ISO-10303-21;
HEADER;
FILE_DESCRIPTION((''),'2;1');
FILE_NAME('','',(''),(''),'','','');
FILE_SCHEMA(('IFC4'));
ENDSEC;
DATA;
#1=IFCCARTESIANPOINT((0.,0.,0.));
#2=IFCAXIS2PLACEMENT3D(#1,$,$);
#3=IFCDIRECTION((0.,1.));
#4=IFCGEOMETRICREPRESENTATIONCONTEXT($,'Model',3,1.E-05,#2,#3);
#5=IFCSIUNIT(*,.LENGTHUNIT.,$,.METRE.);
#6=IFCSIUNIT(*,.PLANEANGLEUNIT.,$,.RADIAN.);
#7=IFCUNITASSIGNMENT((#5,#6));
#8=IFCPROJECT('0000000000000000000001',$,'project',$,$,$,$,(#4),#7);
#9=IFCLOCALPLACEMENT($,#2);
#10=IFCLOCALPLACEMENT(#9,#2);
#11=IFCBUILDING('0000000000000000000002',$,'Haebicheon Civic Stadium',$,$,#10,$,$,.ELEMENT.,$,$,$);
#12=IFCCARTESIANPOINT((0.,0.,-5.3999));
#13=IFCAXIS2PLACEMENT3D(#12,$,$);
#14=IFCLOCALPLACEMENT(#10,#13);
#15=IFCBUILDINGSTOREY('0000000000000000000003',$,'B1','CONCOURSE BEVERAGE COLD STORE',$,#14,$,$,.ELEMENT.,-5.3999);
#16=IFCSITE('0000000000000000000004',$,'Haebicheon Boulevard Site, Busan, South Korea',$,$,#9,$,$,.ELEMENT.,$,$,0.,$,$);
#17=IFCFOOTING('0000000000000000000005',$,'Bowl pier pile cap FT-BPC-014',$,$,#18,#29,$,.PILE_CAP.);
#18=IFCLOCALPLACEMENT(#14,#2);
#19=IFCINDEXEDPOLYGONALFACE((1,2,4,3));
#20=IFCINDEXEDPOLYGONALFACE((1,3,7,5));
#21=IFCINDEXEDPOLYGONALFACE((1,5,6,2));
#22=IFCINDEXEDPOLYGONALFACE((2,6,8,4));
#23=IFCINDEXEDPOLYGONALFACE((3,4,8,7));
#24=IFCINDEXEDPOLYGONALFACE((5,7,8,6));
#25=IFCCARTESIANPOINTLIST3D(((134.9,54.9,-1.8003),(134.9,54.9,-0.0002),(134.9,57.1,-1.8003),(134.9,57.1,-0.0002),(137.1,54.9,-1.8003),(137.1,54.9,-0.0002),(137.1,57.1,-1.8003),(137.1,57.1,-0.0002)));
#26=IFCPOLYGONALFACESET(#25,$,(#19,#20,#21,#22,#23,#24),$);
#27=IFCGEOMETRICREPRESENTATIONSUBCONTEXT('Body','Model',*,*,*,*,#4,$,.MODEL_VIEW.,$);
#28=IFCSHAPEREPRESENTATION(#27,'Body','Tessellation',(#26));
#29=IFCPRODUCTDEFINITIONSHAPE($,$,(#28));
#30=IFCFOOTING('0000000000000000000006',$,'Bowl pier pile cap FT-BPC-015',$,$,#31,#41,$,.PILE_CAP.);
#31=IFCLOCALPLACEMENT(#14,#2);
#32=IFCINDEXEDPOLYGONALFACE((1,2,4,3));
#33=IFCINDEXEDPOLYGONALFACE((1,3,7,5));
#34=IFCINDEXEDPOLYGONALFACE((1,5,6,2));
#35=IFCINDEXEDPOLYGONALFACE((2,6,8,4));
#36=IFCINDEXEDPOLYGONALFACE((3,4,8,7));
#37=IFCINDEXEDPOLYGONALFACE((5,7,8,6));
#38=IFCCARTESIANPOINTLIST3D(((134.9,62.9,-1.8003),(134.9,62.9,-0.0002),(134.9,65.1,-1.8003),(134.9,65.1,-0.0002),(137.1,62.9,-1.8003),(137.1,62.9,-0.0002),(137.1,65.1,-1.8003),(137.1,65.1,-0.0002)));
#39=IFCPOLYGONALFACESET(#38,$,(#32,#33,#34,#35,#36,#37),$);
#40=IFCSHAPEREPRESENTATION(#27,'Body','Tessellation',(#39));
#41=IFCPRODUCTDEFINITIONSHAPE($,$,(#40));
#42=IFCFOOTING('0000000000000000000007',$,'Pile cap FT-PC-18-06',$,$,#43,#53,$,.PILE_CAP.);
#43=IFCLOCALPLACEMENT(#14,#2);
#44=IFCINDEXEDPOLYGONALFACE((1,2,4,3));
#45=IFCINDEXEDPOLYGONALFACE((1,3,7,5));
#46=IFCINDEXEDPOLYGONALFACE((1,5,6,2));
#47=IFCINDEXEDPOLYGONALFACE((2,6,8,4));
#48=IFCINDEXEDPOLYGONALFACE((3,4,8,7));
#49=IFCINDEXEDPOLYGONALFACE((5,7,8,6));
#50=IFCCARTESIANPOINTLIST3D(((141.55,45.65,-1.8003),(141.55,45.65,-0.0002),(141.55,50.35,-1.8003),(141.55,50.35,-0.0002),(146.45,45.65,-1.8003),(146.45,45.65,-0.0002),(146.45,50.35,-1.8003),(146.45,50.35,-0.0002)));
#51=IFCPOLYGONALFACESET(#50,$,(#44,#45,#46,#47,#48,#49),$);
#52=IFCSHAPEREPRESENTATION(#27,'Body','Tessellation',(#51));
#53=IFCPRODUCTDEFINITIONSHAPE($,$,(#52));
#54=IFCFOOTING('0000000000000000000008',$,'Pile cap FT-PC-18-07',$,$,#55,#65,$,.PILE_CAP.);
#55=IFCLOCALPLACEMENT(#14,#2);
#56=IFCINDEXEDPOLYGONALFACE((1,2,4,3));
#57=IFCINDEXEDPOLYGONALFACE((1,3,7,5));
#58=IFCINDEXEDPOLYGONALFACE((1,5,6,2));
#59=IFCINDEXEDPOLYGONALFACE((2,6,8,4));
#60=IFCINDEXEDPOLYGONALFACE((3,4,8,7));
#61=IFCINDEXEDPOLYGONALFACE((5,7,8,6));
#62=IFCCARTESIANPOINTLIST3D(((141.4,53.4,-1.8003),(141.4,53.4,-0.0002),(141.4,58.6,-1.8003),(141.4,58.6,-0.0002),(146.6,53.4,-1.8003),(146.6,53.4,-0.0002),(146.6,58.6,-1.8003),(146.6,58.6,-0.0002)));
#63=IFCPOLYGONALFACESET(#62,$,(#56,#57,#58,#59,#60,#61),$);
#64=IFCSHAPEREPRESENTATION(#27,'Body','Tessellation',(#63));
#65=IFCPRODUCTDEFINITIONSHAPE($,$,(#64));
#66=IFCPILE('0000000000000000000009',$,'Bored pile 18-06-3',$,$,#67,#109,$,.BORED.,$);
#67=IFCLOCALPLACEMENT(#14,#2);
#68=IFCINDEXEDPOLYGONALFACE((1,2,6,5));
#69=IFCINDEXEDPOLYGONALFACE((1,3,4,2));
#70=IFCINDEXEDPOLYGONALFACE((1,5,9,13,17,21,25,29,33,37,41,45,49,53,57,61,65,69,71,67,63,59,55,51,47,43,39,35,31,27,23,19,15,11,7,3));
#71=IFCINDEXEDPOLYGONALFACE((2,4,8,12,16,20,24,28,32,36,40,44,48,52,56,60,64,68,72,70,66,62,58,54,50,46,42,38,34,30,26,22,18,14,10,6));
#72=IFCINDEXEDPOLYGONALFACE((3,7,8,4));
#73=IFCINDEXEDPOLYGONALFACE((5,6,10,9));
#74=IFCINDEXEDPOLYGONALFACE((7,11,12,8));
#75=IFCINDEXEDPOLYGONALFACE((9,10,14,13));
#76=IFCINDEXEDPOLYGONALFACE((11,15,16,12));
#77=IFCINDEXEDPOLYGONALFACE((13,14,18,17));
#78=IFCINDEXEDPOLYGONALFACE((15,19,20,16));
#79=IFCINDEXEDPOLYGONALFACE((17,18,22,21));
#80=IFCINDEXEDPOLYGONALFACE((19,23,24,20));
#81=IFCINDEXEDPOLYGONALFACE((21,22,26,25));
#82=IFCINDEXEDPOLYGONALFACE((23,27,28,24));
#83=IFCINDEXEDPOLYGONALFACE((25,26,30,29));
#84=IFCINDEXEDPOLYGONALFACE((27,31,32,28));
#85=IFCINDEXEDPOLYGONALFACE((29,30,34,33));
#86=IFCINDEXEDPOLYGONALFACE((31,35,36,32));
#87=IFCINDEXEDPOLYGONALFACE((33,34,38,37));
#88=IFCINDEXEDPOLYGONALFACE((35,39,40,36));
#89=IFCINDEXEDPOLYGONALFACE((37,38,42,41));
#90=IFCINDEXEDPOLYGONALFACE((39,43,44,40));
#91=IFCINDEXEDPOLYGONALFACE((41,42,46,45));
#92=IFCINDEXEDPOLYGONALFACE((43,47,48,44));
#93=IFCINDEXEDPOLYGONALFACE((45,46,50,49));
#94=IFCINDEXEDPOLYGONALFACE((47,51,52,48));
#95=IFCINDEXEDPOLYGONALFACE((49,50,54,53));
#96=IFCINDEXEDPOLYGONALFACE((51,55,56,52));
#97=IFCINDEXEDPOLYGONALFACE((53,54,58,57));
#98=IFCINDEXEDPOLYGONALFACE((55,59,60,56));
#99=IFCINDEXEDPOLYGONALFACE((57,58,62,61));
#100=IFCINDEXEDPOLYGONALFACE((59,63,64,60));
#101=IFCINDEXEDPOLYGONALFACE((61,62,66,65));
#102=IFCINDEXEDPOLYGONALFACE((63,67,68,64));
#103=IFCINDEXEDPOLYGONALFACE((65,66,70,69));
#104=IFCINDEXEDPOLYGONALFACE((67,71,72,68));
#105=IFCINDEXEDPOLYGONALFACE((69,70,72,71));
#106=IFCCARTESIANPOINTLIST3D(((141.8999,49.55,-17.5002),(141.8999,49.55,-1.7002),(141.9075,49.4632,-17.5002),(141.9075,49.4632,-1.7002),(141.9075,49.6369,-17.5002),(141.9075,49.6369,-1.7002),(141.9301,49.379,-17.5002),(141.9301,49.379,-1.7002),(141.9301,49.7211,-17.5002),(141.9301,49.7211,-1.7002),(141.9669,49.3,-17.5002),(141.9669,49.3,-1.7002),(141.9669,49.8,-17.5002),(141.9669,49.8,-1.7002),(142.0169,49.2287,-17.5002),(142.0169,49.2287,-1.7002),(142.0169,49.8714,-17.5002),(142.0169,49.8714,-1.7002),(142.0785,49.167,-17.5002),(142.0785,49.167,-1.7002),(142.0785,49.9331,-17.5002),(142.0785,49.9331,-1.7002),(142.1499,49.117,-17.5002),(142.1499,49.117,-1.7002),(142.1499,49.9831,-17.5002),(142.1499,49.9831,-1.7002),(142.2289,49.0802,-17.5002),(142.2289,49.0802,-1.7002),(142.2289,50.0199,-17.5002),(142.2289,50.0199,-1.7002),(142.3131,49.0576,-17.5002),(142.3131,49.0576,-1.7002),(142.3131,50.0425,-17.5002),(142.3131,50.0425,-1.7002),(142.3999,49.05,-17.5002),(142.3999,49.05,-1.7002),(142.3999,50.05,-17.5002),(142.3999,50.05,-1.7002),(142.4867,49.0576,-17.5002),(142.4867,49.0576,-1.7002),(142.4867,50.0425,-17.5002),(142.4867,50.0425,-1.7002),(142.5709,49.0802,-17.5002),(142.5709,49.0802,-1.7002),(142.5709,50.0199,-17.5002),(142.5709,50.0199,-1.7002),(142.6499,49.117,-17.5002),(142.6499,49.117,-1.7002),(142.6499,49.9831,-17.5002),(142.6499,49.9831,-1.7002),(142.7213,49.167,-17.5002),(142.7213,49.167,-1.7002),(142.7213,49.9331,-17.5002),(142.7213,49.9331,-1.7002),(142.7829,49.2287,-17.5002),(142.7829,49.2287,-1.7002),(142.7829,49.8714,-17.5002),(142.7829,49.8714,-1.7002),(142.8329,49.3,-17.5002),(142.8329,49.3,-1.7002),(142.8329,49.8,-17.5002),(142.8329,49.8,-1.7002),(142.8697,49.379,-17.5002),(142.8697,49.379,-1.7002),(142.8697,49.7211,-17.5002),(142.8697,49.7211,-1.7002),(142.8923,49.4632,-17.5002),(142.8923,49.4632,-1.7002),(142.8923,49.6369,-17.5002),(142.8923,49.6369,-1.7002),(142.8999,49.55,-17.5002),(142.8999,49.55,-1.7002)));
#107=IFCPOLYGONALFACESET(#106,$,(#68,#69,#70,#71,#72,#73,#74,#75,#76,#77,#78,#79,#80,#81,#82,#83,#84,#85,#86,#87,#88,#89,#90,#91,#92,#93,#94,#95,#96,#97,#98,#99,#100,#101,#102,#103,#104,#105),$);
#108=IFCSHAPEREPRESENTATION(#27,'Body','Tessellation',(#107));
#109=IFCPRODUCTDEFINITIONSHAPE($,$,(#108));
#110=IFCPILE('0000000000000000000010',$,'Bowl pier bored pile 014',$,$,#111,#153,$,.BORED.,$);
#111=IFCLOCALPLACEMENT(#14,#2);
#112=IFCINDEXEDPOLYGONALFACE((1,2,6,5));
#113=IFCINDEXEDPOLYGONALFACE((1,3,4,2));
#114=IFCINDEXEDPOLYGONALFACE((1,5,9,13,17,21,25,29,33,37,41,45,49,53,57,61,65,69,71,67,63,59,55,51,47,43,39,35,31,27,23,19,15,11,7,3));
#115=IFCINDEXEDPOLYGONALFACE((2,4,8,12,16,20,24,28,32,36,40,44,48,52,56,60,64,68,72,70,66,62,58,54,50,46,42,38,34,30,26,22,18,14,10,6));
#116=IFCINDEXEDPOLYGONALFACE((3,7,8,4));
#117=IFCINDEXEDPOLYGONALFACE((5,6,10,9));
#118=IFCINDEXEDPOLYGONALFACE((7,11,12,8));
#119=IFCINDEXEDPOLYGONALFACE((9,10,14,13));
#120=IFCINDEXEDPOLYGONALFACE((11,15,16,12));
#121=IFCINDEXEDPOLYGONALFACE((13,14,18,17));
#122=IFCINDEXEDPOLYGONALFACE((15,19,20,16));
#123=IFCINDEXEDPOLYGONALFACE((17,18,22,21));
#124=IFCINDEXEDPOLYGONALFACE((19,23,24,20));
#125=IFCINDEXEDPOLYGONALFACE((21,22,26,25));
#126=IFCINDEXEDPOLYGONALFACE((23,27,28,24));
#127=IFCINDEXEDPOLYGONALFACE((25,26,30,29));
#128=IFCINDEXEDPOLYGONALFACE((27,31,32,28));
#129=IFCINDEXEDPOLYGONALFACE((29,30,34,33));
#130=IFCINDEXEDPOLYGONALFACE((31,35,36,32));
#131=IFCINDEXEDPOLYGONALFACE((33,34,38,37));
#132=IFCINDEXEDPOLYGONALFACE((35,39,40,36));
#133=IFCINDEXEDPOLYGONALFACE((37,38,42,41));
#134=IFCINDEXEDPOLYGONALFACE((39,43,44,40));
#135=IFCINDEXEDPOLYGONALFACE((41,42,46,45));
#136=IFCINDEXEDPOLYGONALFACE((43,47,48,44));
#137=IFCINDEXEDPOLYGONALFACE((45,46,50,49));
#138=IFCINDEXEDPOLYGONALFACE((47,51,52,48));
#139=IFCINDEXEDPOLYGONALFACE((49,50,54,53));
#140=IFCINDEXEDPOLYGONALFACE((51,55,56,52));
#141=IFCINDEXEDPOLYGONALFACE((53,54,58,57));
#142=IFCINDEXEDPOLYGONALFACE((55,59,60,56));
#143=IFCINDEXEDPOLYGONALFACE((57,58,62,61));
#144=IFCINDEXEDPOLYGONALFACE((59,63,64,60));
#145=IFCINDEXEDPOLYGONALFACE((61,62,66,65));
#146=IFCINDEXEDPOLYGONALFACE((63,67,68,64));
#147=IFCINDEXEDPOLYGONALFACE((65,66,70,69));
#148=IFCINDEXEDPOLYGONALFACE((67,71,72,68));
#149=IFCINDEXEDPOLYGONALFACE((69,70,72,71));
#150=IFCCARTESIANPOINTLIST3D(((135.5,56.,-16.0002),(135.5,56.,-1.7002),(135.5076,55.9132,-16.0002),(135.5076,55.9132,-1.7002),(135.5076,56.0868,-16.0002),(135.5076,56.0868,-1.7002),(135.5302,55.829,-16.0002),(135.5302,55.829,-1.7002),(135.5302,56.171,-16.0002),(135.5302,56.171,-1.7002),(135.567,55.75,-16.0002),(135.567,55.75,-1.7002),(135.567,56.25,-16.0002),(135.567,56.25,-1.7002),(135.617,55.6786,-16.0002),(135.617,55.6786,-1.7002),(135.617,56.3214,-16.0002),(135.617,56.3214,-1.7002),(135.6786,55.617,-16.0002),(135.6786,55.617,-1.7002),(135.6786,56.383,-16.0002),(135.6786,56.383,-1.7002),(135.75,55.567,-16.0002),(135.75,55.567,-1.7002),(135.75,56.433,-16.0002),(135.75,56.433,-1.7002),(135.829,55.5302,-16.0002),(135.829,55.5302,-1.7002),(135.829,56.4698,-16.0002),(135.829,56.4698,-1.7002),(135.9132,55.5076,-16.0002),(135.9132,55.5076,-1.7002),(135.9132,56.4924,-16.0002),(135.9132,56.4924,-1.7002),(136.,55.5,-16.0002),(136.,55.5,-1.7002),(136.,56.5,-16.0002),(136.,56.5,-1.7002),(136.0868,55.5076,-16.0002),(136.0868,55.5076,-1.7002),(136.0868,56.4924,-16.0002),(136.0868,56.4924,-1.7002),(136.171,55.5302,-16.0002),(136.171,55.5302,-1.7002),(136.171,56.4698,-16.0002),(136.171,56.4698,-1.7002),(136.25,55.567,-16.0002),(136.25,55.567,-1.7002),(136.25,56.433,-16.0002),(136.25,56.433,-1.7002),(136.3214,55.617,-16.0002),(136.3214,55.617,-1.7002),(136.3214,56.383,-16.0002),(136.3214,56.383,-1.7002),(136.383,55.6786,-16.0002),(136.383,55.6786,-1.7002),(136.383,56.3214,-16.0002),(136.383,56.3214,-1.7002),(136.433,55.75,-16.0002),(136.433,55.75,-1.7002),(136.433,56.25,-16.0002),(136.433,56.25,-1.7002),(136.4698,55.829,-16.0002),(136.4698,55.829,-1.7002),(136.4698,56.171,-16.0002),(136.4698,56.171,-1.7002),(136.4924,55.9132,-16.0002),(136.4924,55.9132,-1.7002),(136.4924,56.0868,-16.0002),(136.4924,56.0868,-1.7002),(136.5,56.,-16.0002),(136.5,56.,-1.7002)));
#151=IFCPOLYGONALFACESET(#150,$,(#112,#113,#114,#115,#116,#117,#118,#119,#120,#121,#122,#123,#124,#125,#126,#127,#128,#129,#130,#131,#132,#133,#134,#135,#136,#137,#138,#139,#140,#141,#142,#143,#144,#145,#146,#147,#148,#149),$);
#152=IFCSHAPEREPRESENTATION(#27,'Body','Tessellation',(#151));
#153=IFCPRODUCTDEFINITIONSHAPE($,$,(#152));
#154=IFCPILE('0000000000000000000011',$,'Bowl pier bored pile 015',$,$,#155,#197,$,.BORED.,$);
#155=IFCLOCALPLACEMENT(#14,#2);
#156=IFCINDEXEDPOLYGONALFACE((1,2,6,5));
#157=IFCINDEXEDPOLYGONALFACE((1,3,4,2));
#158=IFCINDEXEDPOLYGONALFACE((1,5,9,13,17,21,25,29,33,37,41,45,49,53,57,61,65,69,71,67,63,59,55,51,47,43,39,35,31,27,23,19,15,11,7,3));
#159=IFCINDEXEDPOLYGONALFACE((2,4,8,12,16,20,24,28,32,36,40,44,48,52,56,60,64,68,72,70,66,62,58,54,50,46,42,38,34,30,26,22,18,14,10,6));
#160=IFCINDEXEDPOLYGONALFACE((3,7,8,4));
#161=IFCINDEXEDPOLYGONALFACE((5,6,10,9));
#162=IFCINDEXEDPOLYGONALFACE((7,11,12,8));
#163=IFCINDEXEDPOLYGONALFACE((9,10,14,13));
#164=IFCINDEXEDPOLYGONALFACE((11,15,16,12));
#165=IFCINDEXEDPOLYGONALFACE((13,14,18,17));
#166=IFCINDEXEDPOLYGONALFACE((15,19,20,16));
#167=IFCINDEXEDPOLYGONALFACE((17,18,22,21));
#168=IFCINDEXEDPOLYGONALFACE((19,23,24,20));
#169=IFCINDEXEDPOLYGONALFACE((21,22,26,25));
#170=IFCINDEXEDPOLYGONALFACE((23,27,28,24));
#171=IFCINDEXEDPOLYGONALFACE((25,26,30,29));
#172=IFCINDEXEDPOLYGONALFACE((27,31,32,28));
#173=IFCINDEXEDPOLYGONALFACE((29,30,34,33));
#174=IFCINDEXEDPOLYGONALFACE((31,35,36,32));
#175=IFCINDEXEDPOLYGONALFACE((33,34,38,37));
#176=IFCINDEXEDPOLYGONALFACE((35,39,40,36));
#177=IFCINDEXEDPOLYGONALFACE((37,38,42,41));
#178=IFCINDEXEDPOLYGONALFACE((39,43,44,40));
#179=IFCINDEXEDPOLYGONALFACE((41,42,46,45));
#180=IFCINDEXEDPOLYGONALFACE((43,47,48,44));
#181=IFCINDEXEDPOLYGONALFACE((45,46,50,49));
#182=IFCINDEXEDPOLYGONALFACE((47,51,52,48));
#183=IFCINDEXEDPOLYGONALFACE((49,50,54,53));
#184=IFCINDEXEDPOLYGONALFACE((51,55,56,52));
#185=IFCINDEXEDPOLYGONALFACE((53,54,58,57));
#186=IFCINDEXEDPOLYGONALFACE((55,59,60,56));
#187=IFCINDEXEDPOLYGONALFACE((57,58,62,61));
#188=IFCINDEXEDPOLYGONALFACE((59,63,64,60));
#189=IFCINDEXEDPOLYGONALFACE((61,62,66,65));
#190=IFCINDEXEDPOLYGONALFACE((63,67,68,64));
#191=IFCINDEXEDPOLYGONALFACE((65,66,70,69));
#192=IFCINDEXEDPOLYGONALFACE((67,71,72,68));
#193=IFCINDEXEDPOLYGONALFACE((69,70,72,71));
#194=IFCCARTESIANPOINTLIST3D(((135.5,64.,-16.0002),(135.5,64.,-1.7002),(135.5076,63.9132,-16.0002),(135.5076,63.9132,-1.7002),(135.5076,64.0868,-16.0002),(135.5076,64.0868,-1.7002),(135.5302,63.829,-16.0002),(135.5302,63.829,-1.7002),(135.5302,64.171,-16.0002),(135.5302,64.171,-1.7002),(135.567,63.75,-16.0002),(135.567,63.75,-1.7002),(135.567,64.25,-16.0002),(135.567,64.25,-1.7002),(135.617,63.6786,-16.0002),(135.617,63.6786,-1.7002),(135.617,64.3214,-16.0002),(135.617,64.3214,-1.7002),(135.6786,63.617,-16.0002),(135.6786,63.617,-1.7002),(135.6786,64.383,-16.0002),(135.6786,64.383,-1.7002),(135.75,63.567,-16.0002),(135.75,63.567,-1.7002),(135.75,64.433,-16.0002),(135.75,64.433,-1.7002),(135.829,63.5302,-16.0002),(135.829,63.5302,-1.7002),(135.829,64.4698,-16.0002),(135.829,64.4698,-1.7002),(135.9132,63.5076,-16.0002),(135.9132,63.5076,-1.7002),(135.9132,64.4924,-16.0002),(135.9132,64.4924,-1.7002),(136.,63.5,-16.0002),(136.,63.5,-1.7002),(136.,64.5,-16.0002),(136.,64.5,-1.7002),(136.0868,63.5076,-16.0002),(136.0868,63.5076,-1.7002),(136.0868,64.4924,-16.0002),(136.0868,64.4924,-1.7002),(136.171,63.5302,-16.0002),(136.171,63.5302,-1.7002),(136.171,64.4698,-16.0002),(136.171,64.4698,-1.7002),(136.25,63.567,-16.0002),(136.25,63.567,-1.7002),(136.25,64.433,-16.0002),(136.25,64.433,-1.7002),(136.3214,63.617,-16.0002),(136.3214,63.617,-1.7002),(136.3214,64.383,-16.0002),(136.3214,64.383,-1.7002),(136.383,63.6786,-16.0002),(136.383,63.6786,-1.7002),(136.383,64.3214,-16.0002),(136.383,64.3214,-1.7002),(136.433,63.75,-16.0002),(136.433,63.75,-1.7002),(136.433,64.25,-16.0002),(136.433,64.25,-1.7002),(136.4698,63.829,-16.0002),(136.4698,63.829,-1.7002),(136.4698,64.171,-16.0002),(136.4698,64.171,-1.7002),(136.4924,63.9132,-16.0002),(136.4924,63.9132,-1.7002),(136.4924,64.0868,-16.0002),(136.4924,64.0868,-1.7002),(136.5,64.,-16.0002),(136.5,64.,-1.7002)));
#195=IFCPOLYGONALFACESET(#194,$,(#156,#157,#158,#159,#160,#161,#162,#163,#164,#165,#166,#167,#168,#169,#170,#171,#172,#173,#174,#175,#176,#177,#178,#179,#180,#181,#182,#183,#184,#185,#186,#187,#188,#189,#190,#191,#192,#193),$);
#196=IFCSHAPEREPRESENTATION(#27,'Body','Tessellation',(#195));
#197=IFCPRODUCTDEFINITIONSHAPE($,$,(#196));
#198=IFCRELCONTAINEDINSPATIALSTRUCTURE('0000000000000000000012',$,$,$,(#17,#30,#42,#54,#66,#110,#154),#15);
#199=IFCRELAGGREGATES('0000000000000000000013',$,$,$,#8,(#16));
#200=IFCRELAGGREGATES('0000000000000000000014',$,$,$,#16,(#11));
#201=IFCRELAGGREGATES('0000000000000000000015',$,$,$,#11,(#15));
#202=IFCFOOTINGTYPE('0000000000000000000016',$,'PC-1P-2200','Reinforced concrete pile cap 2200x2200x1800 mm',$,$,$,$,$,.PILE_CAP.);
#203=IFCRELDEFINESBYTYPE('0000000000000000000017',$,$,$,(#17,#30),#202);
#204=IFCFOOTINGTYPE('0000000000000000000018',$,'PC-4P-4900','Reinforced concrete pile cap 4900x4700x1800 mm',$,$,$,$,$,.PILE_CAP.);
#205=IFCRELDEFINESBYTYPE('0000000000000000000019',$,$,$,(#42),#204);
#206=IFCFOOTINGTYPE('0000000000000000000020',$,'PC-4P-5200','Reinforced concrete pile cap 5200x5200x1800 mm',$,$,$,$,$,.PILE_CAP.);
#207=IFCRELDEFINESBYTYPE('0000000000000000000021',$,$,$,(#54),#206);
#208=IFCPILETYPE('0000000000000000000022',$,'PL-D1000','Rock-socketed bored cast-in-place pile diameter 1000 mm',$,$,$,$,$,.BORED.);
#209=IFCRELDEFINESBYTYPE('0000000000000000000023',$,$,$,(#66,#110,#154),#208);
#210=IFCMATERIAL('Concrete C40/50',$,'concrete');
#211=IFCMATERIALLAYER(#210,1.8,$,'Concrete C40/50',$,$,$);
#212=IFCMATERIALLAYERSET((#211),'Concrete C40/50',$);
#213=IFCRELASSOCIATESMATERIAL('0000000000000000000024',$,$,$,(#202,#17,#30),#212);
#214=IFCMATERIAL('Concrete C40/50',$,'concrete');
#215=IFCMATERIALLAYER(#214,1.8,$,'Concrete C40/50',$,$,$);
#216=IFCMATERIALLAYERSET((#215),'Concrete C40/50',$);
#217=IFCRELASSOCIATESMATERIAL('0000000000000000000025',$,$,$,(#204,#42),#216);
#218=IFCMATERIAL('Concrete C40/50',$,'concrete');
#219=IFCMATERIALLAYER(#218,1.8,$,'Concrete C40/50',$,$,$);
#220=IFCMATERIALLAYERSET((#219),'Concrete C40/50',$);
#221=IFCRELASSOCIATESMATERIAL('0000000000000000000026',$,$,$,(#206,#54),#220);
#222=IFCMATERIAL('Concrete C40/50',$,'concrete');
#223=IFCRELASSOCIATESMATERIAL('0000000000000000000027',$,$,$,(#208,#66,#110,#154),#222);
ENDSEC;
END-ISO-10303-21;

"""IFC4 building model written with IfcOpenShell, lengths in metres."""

from ifc_helpers import new_model, si_unit, direction, frame, origin, origin_2d, place, context, subcontext, project, spatial, rectangle, circle, extrude, material, layer, layer_set, material_profile, profile_set, type_object, element, save


model = new_model("IFC4")

# Units and contexts
model_context = context("Model", 3, precision=1e-05, world=origin(), true_north=direction((0.0, 1.0)))
body_context = subcontext(model_context, "Body", "Model", "MODEL_VIEW")
ifc_project = project(units=[si_unit("LENGTHUNIT", "METRE"), si_unit("PLANEANGLEUNIT", "RADIAN")], contexts=[model_context])

# Site, building, storey
site_placement = place(None, origin())
site = spatial("IfcSite", under=ifc_project, at=site_placement, Name="Haebicheon Boulevard Site, Busan, South Korea", CompositionType="ELEMENT", RefElevation=0.0)
building_placement = place(site_placement, origin())
building = spatial("IfcBuilding", under=site, at=building_placement, Name="Haebicheon Civic Stadium", CompositionType="ELEMENT")
storey_placement = place(building_placement, frame((0.0, 0.0, -5.3999)))
storey = spatial("IfcBuildingStorey", under=building, at=storey_placement, Name="B1", Description="CONCOURSE BEVERAGE COLD STORE", CompositionType="ELEMENT", Elevation=-5.3999)

# Footings
ifc_material_1 = material(Name="Concrete C40/50", Category="concrete")
ifc_layer_1 = layer(ifc_material_1, 1.8, Name="Concrete C40/50")
ifc_layer_set_1 = layer_set([ifc_layer_1], Name="Concrete C40/50")
footing_type_1 = type_object("IfcFootingType", Name="PC-1P-2200", Description="Reinforced concrete pile cap 2200x2200x1800 mm", PredefinedType="PILE_CAP", material=ifc_layer_set_1)
for number, where, z_axis, x_axis, name in (
    (1, (136.0, 56.0, -1.8003), (0.0, 0.0, 1.0), (1.0, 0.0, 0.0), "Bowl pier pile cap FT-BPC-014"),
    (2, (136.0, 64.0, -1.8003), (0.0, 0.0, 1.0), (1.0, 0.0, 0.0), "Bowl pier pile cap FT-BPC-015"),
):
    element("IfcFooting", number, at=place(storey_placement, frame(where, z_axis=z_axis, x_axis=x_axis)), inside=storey, type_object=footing_type_1, material=ifc_layer_set_1, Name=name, PredefinedType="PILE_CAP", context=body_context, shape_type="SweptSolid", body=[
        extrude(rectangle(XDim=2.2, YDim=2.2, at=origin_2d()), origin(), (0.0, 0.0, 1.0), 1.8),
    ])
ifc_material_2 = material(Name="Concrete C40/50", Category="concrete")
ifc_layer_2 = layer(ifc_material_2, 1.8, Name="Concrete C40/50")
ifc_layer_set_2 = layer_set([ifc_layer_2], Name="Concrete C40/50")
footing_type_2 = type_object("IfcFootingType", Name="PC-4P-4900", Description="Reinforced concrete pile cap 4900x4700x1800 mm", PredefinedType="PILE_CAP", material=ifc_layer_set_2)
footing_1_placement = place(storey_placement, frame((144.0, 48.0, -1.8003), z_axis=(0.0, 0.0, 1.0), x_axis=(1.0, 0.0, 0.0)))
element("IfcFooting", 3, at=footing_1_placement, inside=storey, type_object=footing_type_2, material=ifc_layer_set_2, Name="Pile cap FT-PC-18-06", PredefinedType="PILE_CAP", context=body_context, shape_type="SweptSolid", body=[
    extrude(rectangle(XDim=4.8999, YDim=4.7, at=origin_2d()), origin(), (0.0, 0.0, 1.0), 1.8),
])
ifc_material_3 = material(Name="Concrete C40/50", Category="concrete")
ifc_layer_3 = layer(ifc_material_3, 1.8, Name="Concrete C40/50")
ifc_layer_set_3 = layer_set([ifc_layer_3], Name="Concrete C40/50")
footing_type_3 = type_object("IfcFootingType", Name="PC-4P-5200", Description="Reinforced concrete pile cap 5200x5200x1800 mm", PredefinedType="PILE_CAP", material=ifc_layer_set_3)
footing_2_placement = place(storey_placement, frame((144.0, 56.0, -1.8003), z_axis=(0.0, 0.0, 1.0), x_axis=(1.0, 0.0, 0.0)))
element("IfcFooting", 4, at=footing_2_placement, inside=storey, type_object=footing_type_3, material=ifc_layer_set_3, Name="Pile cap FT-PC-18-07", PredefinedType="PILE_CAP", context=body_context, shape_type="SweptSolid", body=[
    extrude(rectangle(XDim=5.2, YDim=5.2, at=origin_2d()), origin(), (0.0, 0.0, 1.0), 1.8),
])

# Piles
ifc_material_4 = material(Name="Concrete C40/50", Category="concrete")
ifc_material_profile_1 = material_profile(ifc_material_4, circle(Radius=0.5, at=origin_2d()), Name="PILE-D1000")
ifc_profile_set_1 = profile_set([ifc_material_profile_1], Name="Concrete C40/50")
pile_type_1 = type_object("IfcPileType", Name="PL-D1000", Description="Rock-socketed bored cast-in-place pile diameter 1000 mm", PredefinedType="BORED", material=ifc_profile_set_1)
pile_placement = place(storey_placement, frame((142.3999, 49.55, -1.7002), z_axis=(0.0, 0.0, -1.0), x_axis=(1.0, 0.0, 0.0)))
element("IfcPile", 5, at=pile_placement, inside=storey, type_object=pile_type_1, material=ifc_profile_set_1, Name="Bored pile 18-06-3", PredefinedType="BORED", context=body_context, shape_type="SweptSolid", body=[
    extrude(circle(Radius=0.5, at=origin_2d()), origin(), (0.0, 0.0, 1.0), 15.8),
])
for number, where, z_axis, x_axis, name in (
    (6, (136.0, 56.0, -1.7002), (0.0, 0.0, -1.0), (1.0, 0.0, 0.0), "Bowl pier bored pile 014"),
    (7, (136.0, 64.0, -1.7002), (0.0, 0.0, -1.0), (1.0, 0.0, 0.0), "Bowl pier bored pile 015"),
):
    element("IfcPile", number, at=place(storey_placement, frame(where, z_axis=z_axis, x_axis=x_axis)), inside=storey, type_object=pile_type_1, material=ifc_profile_set_1, Name=name, PredefinedType="BORED", context=body_context, shape_type="SweptSolid", body=[
        extrude(circle(Radius=0.5, at=origin_2d()), origin(), (0.0, 0.0, 1.0), 14.3),
    ])

save(model, "model.ifc")
